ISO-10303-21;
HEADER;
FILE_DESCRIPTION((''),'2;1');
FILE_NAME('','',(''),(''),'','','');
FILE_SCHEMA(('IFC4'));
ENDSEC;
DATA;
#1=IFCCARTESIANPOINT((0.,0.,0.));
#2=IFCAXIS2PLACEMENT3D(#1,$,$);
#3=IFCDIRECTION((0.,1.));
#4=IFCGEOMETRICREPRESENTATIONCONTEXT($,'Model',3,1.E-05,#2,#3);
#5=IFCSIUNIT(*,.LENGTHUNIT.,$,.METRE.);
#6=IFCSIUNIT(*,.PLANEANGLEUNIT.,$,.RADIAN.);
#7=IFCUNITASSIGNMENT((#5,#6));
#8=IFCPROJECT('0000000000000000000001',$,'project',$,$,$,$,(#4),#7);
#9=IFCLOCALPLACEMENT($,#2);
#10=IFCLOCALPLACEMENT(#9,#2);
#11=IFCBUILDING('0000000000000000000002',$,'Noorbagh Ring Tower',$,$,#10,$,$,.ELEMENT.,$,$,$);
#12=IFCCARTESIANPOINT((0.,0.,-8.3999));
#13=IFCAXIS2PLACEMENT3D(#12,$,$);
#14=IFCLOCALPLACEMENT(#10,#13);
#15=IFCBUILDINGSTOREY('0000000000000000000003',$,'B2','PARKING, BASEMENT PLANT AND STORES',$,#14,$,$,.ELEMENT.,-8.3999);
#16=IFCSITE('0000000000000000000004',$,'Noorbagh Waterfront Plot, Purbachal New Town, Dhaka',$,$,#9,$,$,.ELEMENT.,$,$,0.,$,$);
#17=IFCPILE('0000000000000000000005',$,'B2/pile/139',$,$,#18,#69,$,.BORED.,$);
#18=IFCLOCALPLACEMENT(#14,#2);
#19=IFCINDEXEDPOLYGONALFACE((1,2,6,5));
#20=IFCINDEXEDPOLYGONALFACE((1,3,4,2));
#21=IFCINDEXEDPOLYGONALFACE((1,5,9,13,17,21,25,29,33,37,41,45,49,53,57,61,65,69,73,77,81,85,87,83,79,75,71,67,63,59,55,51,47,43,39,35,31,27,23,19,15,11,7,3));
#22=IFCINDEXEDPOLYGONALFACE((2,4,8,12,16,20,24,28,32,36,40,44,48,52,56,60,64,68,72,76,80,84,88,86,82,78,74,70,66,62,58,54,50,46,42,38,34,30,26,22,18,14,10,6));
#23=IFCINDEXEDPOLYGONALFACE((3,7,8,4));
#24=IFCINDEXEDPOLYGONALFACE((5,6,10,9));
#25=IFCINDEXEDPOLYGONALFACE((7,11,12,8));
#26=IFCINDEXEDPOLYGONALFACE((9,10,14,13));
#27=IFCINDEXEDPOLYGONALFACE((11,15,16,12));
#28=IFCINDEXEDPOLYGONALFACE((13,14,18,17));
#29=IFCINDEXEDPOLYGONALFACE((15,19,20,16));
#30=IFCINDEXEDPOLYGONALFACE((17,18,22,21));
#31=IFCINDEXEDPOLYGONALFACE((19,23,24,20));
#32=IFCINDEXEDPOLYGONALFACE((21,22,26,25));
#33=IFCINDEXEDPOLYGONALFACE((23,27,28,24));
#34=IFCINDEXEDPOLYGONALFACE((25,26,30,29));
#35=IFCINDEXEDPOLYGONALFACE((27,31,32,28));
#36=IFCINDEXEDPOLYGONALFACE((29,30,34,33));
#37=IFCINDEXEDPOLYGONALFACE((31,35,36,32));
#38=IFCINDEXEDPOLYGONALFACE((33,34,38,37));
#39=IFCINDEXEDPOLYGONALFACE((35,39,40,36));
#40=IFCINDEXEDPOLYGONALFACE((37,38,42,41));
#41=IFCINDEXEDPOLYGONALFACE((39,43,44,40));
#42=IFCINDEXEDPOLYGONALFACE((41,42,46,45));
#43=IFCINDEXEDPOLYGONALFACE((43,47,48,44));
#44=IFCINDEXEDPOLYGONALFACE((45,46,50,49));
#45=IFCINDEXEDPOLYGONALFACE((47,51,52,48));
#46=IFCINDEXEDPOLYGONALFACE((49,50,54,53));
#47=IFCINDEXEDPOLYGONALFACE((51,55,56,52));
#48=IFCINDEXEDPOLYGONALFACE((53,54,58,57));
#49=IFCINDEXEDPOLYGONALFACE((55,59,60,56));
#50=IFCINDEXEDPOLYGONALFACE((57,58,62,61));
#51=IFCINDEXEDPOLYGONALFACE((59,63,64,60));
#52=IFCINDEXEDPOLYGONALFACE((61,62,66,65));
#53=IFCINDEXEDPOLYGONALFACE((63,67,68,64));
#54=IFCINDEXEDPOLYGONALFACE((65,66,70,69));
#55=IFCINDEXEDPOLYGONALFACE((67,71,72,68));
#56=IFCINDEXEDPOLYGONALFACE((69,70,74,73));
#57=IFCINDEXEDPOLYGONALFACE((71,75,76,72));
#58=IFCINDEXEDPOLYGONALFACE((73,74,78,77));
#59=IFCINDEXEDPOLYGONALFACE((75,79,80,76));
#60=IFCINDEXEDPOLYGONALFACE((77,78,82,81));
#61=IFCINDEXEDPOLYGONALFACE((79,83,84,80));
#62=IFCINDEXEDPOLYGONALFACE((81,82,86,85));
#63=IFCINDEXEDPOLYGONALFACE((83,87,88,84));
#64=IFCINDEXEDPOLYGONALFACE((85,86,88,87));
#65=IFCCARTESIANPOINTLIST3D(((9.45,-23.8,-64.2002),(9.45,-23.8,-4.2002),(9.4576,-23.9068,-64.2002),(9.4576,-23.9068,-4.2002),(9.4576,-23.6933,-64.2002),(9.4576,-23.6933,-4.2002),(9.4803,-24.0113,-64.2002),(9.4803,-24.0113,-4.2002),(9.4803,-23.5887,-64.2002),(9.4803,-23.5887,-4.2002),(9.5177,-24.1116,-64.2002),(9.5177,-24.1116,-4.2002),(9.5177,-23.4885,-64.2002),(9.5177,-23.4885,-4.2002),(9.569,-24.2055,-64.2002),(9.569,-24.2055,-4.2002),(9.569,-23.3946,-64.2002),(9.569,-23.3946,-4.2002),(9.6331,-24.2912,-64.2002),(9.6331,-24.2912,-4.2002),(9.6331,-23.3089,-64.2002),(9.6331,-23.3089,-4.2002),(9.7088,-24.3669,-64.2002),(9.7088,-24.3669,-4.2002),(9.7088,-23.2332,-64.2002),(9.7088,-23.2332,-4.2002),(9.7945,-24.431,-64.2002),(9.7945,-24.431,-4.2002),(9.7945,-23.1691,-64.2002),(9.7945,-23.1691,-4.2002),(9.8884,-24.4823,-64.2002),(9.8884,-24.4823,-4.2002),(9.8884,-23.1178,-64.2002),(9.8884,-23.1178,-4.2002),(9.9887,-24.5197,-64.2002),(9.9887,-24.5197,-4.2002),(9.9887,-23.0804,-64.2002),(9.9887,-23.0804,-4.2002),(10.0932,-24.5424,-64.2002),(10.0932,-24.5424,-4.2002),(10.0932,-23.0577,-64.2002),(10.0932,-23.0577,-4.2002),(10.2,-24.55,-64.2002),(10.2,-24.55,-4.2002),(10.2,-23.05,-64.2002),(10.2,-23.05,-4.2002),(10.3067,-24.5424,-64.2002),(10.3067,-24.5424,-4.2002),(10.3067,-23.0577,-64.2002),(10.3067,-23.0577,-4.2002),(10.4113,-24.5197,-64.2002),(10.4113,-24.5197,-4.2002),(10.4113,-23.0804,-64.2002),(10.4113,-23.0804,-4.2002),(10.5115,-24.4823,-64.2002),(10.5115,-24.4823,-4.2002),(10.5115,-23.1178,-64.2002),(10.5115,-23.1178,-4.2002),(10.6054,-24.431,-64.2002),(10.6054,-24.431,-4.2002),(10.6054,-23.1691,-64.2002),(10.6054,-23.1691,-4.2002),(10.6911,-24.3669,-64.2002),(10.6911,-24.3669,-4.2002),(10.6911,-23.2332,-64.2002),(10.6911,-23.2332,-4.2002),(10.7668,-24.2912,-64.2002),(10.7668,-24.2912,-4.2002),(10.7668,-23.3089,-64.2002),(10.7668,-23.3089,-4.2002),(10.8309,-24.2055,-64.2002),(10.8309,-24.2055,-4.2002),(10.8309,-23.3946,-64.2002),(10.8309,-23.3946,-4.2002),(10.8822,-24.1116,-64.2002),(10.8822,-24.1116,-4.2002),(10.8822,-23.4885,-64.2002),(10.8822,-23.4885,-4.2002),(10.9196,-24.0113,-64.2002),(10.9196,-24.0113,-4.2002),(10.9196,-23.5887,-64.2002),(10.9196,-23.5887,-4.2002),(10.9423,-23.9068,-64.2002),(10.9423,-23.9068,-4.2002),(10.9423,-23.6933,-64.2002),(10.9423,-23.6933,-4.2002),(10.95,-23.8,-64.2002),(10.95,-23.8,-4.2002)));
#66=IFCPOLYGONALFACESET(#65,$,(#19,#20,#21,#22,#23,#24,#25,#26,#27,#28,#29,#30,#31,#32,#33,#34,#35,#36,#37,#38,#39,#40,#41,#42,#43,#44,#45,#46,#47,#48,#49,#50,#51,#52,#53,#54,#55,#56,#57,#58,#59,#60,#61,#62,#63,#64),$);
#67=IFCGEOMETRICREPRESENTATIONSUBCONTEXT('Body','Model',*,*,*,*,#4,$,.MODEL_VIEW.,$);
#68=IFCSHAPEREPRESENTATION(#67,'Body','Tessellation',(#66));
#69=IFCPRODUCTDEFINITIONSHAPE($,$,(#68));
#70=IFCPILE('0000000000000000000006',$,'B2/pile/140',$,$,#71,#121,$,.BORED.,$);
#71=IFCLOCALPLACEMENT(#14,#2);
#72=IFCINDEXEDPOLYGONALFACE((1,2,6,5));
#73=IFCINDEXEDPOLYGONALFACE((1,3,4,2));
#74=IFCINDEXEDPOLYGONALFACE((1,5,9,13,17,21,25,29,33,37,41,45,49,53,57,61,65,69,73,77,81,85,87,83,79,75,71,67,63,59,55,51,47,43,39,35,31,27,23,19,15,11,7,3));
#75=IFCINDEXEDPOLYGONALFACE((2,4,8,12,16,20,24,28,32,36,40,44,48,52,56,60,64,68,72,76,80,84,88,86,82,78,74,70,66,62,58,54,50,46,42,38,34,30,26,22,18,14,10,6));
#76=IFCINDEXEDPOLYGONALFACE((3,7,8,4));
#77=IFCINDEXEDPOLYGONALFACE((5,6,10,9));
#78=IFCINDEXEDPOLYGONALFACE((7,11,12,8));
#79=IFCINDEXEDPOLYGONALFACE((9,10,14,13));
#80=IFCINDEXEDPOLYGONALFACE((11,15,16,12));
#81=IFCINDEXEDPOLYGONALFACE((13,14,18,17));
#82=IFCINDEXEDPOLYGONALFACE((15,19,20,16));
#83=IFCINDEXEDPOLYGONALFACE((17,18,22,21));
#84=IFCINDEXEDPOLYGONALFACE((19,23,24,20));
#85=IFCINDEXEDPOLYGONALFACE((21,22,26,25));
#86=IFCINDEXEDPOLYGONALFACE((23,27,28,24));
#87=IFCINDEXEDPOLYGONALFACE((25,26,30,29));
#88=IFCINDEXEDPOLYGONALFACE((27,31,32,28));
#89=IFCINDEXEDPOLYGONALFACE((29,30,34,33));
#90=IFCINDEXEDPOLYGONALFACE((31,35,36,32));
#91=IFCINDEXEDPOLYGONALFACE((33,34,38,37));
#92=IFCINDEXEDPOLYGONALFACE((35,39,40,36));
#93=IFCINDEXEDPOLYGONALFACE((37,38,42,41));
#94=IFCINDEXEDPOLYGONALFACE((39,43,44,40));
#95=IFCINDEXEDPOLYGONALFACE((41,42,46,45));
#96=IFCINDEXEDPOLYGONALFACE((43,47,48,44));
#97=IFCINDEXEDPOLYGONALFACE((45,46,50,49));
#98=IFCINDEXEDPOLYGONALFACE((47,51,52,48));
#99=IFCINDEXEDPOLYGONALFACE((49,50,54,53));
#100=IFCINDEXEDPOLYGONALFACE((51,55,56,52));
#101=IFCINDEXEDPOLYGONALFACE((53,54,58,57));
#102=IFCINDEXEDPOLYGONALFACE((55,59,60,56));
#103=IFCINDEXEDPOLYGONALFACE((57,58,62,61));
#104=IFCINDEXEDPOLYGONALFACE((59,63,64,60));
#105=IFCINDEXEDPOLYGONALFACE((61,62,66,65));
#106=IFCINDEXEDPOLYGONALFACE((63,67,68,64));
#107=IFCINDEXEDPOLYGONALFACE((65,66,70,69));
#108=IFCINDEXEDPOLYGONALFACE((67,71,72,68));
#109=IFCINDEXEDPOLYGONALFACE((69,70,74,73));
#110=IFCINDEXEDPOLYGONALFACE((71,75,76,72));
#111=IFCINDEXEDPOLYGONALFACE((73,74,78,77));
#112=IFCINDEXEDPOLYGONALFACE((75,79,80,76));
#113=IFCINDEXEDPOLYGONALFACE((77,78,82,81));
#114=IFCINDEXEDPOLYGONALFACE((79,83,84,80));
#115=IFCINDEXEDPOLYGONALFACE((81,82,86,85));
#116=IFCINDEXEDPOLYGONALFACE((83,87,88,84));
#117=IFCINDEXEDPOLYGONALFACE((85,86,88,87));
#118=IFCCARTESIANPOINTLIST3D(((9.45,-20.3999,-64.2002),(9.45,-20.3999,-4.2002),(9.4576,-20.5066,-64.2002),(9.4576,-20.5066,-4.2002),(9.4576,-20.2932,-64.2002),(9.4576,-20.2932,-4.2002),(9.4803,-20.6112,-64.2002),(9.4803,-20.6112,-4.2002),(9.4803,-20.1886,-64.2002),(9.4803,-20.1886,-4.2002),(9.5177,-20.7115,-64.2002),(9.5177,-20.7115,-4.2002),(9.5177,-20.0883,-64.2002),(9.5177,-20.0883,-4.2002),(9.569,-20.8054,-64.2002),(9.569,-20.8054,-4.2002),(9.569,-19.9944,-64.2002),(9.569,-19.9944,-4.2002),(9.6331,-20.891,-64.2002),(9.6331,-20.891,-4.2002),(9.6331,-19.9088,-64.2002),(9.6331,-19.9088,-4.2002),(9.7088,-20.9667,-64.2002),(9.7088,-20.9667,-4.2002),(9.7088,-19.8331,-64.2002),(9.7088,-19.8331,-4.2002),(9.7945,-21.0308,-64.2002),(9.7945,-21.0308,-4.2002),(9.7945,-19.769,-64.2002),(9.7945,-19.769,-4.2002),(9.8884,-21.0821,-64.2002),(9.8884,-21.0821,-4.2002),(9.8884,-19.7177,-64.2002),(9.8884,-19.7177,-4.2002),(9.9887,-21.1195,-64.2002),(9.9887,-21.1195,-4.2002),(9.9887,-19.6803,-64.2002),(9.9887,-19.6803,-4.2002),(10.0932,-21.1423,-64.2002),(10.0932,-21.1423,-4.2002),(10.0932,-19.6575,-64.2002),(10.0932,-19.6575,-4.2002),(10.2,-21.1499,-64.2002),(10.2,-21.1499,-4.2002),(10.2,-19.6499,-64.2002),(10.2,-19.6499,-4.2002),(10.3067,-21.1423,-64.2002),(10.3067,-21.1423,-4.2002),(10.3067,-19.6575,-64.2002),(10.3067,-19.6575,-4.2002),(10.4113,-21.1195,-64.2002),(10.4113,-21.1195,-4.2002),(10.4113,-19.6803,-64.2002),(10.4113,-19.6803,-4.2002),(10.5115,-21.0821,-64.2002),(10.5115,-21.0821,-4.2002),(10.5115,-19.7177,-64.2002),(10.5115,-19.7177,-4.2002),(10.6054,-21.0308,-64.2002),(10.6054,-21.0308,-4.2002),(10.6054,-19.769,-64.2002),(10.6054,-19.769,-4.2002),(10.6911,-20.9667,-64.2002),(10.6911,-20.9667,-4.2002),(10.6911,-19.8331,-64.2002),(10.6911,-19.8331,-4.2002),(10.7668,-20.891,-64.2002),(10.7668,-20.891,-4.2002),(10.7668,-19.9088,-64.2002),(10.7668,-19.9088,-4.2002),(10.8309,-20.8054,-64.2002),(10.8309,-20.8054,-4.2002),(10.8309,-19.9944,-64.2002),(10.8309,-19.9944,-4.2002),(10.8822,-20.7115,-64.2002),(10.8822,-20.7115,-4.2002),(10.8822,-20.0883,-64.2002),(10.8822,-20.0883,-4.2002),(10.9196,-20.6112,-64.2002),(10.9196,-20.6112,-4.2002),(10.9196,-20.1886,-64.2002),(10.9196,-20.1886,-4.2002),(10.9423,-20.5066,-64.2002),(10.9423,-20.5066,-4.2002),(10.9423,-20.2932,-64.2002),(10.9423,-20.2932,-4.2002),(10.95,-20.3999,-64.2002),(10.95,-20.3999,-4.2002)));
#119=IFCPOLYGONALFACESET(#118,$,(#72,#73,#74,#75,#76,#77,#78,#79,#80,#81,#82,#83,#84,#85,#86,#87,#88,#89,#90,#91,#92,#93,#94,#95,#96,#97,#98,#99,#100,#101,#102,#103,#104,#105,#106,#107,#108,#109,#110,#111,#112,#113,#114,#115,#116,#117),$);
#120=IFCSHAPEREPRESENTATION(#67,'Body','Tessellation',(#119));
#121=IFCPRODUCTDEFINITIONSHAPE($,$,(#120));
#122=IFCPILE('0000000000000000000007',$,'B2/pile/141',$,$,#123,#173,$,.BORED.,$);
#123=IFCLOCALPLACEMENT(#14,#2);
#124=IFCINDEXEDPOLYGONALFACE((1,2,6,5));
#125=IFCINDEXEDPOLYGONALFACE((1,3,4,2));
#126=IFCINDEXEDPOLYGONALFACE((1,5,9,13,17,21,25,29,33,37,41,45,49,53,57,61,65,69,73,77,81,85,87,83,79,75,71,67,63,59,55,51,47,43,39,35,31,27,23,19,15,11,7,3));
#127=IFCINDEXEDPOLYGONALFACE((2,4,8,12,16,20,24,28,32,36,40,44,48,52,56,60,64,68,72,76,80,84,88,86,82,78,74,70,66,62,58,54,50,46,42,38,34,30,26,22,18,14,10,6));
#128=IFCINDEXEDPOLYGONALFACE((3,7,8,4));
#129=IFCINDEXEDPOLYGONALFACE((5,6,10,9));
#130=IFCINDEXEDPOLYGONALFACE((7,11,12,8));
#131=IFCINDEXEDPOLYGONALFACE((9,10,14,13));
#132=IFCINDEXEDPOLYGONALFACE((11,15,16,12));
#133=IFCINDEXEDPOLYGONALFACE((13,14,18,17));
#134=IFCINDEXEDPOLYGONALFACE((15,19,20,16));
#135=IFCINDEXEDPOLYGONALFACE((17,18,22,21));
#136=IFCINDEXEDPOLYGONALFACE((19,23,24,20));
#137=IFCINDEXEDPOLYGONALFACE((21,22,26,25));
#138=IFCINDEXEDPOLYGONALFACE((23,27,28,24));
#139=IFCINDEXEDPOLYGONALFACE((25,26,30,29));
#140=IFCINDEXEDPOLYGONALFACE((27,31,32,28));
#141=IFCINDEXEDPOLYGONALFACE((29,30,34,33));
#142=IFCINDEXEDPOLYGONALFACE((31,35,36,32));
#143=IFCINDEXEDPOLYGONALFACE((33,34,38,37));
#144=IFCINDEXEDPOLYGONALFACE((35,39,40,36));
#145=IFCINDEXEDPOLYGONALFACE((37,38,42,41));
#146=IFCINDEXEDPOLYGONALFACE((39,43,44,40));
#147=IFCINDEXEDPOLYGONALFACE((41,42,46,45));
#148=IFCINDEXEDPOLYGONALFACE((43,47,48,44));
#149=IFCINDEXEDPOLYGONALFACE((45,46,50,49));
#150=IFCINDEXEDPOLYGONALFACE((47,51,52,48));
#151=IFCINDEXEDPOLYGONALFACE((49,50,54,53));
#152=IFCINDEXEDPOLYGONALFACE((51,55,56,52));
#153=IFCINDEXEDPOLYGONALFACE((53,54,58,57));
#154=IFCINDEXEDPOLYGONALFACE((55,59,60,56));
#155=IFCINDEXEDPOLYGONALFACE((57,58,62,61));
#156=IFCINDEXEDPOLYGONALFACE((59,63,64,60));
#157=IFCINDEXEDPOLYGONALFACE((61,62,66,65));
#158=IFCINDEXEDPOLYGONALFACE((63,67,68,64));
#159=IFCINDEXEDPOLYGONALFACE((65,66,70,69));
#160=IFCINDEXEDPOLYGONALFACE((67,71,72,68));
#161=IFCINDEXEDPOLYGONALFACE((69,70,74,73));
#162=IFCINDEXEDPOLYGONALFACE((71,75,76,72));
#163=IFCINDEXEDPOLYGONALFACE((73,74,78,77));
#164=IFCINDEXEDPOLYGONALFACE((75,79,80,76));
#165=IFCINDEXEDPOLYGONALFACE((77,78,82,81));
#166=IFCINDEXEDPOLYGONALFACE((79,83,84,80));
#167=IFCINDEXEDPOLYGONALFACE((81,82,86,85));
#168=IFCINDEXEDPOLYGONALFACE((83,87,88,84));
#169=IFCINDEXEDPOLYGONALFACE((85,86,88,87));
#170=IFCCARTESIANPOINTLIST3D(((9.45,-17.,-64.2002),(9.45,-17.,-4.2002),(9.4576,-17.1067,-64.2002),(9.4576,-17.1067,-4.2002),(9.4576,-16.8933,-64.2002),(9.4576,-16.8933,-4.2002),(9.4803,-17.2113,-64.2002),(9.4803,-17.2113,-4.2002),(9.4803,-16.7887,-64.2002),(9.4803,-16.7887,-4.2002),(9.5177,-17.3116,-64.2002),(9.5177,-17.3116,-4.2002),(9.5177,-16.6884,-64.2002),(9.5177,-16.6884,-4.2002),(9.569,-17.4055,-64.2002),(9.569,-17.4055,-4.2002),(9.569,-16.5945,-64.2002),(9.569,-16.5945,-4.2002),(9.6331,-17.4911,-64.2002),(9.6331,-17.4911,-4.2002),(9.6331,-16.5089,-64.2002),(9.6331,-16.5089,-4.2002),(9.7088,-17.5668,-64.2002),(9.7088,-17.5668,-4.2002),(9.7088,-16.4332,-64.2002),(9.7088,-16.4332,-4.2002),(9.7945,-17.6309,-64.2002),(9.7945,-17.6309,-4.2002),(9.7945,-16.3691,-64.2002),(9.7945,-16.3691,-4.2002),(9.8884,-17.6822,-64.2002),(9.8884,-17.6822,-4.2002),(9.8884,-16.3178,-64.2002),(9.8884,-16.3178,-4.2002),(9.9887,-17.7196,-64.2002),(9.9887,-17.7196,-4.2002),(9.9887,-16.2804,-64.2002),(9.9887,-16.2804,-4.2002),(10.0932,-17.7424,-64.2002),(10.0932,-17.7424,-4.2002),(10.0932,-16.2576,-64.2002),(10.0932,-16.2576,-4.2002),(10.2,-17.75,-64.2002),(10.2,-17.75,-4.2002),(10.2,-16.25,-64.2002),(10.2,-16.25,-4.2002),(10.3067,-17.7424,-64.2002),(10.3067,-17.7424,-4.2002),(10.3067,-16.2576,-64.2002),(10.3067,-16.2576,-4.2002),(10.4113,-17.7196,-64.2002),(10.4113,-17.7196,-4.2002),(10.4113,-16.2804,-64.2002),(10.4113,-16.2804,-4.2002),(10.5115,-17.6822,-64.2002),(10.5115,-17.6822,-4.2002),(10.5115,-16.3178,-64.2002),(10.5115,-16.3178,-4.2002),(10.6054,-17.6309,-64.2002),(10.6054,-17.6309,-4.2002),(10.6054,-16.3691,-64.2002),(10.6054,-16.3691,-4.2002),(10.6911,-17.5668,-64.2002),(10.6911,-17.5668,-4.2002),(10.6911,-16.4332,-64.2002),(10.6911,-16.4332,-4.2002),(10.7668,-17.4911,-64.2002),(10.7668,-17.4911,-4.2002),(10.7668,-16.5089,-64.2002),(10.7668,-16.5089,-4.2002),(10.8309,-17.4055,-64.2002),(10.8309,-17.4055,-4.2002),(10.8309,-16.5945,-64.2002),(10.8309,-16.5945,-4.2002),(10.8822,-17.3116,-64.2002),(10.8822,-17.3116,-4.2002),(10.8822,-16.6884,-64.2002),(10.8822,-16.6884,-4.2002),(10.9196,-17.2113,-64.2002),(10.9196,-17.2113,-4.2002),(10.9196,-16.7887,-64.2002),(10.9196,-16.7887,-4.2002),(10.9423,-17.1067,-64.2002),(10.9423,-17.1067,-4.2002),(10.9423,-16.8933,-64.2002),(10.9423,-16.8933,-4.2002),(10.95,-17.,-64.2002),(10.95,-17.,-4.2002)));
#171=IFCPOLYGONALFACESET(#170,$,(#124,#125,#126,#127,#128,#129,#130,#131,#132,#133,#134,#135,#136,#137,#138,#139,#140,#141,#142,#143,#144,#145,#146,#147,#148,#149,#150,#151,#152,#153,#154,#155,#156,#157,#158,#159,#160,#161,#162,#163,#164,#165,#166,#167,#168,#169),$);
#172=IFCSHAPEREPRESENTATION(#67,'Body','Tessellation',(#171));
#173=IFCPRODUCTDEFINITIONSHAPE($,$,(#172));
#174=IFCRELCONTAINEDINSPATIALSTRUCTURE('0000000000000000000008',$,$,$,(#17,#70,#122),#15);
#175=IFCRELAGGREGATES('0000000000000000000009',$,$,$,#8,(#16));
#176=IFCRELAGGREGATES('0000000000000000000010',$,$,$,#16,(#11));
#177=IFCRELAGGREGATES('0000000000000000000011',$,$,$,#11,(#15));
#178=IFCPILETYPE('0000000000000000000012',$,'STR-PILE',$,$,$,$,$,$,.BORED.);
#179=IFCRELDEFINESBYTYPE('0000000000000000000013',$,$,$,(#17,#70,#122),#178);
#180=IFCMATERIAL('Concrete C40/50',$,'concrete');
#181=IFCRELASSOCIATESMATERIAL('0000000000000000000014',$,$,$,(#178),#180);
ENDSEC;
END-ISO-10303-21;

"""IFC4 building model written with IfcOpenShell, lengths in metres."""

from ifc_helpers import new_model, si_unit, direction, frame, origin, origin_2d, place, context, subcontext, project, spatial, circle, extrude, material, material_profile, profile_set, type_object, element, save


model = new_model("IFC4")

# Units and contexts
model_context = context("Model", 3, precision=1e-05, world=origin(), true_north=direction((0.0, 1.0)))
body_context = subcontext(model_context, "Body", "Model", "MODEL_VIEW")
ifc_project = project(units=[si_unit("LENGTHUNIT", "METRE"), si_unit("PLANEANGLEUNIT", "RADIAN")], contexts=[model_context])

# Site, building, storey
site_placement = place(None, origin())
site = spatial("IfcSite", under=ifc_project, at=site_placement, Name="Noorbagh Waterfront Plot, Purbachal New Town, Dhaka", CompositionType="ELEMENT", RefElevation=0.0)
building_placement = place(site_placement, origin())
building = spatial("IfcBuilding", under=site, at=building_placement, Name="Noorbagh Ring Tower", CompositionType="ELEMENT")
storey_placement = place(building_placement, frame((0.0, 0.0, -8.3999)))
storey = spatial("IfcBuildingStorey", under=building, at=storey_placement, Name="B2", Description="PARKING, BASEMENT PLANT AND STORES", CompositionType="ELEMENT", Elevation=-8.3999)

# Piles
ifc_material_1 = material(Name="Concrete C40/50", Category="concrete")
ifc_material_profile_1 = material_profile(ifc_material_1, circle(Radius=0.75, at=origin_2d()), Name="PILE1500")
ifc_profile_set_1 = profile_set([ifc_material_profile_1], Name="Concrete C40/50")
pile_type = type_object("IfcPileType", Name="STR-PILE", PredefinedType="BORED", material=ifc_profile_set_1)
for number, where, z_axis, x_axis, name in (
    (1, (10.2, -23.8, -4.2002), (0.0, 0.0, -1.0), (1.0, 0.0, 0.0), "B2/pile/139"),
    (2, (10.2, -20.3999, -4.2002), (0.0, 0.0, -1.0), (1.0, 0.0, 0.0), "B2/pile/140"),
    (3, (10.2, -17.0, -4.2002), (0.0, 0.0, -1.0), (1.0, 0.0, 0.0), "B2/pile/141"),
):
    element("IfcPile", number, at=place(storey_placement, frame(where, z_axis=z_axis, x_axis=x_axis)), inside=storey, type_object=pile_type, Name=name, PredefinedType="BORED", context=body_context, shape_type="SweptSolid", body=[
        extrude(circle(Radius=0.75, at=origin_2d()), origin(), (0.0, 0.0, 1.0), 60.0),
    ])

save(model, "model.ifc")
